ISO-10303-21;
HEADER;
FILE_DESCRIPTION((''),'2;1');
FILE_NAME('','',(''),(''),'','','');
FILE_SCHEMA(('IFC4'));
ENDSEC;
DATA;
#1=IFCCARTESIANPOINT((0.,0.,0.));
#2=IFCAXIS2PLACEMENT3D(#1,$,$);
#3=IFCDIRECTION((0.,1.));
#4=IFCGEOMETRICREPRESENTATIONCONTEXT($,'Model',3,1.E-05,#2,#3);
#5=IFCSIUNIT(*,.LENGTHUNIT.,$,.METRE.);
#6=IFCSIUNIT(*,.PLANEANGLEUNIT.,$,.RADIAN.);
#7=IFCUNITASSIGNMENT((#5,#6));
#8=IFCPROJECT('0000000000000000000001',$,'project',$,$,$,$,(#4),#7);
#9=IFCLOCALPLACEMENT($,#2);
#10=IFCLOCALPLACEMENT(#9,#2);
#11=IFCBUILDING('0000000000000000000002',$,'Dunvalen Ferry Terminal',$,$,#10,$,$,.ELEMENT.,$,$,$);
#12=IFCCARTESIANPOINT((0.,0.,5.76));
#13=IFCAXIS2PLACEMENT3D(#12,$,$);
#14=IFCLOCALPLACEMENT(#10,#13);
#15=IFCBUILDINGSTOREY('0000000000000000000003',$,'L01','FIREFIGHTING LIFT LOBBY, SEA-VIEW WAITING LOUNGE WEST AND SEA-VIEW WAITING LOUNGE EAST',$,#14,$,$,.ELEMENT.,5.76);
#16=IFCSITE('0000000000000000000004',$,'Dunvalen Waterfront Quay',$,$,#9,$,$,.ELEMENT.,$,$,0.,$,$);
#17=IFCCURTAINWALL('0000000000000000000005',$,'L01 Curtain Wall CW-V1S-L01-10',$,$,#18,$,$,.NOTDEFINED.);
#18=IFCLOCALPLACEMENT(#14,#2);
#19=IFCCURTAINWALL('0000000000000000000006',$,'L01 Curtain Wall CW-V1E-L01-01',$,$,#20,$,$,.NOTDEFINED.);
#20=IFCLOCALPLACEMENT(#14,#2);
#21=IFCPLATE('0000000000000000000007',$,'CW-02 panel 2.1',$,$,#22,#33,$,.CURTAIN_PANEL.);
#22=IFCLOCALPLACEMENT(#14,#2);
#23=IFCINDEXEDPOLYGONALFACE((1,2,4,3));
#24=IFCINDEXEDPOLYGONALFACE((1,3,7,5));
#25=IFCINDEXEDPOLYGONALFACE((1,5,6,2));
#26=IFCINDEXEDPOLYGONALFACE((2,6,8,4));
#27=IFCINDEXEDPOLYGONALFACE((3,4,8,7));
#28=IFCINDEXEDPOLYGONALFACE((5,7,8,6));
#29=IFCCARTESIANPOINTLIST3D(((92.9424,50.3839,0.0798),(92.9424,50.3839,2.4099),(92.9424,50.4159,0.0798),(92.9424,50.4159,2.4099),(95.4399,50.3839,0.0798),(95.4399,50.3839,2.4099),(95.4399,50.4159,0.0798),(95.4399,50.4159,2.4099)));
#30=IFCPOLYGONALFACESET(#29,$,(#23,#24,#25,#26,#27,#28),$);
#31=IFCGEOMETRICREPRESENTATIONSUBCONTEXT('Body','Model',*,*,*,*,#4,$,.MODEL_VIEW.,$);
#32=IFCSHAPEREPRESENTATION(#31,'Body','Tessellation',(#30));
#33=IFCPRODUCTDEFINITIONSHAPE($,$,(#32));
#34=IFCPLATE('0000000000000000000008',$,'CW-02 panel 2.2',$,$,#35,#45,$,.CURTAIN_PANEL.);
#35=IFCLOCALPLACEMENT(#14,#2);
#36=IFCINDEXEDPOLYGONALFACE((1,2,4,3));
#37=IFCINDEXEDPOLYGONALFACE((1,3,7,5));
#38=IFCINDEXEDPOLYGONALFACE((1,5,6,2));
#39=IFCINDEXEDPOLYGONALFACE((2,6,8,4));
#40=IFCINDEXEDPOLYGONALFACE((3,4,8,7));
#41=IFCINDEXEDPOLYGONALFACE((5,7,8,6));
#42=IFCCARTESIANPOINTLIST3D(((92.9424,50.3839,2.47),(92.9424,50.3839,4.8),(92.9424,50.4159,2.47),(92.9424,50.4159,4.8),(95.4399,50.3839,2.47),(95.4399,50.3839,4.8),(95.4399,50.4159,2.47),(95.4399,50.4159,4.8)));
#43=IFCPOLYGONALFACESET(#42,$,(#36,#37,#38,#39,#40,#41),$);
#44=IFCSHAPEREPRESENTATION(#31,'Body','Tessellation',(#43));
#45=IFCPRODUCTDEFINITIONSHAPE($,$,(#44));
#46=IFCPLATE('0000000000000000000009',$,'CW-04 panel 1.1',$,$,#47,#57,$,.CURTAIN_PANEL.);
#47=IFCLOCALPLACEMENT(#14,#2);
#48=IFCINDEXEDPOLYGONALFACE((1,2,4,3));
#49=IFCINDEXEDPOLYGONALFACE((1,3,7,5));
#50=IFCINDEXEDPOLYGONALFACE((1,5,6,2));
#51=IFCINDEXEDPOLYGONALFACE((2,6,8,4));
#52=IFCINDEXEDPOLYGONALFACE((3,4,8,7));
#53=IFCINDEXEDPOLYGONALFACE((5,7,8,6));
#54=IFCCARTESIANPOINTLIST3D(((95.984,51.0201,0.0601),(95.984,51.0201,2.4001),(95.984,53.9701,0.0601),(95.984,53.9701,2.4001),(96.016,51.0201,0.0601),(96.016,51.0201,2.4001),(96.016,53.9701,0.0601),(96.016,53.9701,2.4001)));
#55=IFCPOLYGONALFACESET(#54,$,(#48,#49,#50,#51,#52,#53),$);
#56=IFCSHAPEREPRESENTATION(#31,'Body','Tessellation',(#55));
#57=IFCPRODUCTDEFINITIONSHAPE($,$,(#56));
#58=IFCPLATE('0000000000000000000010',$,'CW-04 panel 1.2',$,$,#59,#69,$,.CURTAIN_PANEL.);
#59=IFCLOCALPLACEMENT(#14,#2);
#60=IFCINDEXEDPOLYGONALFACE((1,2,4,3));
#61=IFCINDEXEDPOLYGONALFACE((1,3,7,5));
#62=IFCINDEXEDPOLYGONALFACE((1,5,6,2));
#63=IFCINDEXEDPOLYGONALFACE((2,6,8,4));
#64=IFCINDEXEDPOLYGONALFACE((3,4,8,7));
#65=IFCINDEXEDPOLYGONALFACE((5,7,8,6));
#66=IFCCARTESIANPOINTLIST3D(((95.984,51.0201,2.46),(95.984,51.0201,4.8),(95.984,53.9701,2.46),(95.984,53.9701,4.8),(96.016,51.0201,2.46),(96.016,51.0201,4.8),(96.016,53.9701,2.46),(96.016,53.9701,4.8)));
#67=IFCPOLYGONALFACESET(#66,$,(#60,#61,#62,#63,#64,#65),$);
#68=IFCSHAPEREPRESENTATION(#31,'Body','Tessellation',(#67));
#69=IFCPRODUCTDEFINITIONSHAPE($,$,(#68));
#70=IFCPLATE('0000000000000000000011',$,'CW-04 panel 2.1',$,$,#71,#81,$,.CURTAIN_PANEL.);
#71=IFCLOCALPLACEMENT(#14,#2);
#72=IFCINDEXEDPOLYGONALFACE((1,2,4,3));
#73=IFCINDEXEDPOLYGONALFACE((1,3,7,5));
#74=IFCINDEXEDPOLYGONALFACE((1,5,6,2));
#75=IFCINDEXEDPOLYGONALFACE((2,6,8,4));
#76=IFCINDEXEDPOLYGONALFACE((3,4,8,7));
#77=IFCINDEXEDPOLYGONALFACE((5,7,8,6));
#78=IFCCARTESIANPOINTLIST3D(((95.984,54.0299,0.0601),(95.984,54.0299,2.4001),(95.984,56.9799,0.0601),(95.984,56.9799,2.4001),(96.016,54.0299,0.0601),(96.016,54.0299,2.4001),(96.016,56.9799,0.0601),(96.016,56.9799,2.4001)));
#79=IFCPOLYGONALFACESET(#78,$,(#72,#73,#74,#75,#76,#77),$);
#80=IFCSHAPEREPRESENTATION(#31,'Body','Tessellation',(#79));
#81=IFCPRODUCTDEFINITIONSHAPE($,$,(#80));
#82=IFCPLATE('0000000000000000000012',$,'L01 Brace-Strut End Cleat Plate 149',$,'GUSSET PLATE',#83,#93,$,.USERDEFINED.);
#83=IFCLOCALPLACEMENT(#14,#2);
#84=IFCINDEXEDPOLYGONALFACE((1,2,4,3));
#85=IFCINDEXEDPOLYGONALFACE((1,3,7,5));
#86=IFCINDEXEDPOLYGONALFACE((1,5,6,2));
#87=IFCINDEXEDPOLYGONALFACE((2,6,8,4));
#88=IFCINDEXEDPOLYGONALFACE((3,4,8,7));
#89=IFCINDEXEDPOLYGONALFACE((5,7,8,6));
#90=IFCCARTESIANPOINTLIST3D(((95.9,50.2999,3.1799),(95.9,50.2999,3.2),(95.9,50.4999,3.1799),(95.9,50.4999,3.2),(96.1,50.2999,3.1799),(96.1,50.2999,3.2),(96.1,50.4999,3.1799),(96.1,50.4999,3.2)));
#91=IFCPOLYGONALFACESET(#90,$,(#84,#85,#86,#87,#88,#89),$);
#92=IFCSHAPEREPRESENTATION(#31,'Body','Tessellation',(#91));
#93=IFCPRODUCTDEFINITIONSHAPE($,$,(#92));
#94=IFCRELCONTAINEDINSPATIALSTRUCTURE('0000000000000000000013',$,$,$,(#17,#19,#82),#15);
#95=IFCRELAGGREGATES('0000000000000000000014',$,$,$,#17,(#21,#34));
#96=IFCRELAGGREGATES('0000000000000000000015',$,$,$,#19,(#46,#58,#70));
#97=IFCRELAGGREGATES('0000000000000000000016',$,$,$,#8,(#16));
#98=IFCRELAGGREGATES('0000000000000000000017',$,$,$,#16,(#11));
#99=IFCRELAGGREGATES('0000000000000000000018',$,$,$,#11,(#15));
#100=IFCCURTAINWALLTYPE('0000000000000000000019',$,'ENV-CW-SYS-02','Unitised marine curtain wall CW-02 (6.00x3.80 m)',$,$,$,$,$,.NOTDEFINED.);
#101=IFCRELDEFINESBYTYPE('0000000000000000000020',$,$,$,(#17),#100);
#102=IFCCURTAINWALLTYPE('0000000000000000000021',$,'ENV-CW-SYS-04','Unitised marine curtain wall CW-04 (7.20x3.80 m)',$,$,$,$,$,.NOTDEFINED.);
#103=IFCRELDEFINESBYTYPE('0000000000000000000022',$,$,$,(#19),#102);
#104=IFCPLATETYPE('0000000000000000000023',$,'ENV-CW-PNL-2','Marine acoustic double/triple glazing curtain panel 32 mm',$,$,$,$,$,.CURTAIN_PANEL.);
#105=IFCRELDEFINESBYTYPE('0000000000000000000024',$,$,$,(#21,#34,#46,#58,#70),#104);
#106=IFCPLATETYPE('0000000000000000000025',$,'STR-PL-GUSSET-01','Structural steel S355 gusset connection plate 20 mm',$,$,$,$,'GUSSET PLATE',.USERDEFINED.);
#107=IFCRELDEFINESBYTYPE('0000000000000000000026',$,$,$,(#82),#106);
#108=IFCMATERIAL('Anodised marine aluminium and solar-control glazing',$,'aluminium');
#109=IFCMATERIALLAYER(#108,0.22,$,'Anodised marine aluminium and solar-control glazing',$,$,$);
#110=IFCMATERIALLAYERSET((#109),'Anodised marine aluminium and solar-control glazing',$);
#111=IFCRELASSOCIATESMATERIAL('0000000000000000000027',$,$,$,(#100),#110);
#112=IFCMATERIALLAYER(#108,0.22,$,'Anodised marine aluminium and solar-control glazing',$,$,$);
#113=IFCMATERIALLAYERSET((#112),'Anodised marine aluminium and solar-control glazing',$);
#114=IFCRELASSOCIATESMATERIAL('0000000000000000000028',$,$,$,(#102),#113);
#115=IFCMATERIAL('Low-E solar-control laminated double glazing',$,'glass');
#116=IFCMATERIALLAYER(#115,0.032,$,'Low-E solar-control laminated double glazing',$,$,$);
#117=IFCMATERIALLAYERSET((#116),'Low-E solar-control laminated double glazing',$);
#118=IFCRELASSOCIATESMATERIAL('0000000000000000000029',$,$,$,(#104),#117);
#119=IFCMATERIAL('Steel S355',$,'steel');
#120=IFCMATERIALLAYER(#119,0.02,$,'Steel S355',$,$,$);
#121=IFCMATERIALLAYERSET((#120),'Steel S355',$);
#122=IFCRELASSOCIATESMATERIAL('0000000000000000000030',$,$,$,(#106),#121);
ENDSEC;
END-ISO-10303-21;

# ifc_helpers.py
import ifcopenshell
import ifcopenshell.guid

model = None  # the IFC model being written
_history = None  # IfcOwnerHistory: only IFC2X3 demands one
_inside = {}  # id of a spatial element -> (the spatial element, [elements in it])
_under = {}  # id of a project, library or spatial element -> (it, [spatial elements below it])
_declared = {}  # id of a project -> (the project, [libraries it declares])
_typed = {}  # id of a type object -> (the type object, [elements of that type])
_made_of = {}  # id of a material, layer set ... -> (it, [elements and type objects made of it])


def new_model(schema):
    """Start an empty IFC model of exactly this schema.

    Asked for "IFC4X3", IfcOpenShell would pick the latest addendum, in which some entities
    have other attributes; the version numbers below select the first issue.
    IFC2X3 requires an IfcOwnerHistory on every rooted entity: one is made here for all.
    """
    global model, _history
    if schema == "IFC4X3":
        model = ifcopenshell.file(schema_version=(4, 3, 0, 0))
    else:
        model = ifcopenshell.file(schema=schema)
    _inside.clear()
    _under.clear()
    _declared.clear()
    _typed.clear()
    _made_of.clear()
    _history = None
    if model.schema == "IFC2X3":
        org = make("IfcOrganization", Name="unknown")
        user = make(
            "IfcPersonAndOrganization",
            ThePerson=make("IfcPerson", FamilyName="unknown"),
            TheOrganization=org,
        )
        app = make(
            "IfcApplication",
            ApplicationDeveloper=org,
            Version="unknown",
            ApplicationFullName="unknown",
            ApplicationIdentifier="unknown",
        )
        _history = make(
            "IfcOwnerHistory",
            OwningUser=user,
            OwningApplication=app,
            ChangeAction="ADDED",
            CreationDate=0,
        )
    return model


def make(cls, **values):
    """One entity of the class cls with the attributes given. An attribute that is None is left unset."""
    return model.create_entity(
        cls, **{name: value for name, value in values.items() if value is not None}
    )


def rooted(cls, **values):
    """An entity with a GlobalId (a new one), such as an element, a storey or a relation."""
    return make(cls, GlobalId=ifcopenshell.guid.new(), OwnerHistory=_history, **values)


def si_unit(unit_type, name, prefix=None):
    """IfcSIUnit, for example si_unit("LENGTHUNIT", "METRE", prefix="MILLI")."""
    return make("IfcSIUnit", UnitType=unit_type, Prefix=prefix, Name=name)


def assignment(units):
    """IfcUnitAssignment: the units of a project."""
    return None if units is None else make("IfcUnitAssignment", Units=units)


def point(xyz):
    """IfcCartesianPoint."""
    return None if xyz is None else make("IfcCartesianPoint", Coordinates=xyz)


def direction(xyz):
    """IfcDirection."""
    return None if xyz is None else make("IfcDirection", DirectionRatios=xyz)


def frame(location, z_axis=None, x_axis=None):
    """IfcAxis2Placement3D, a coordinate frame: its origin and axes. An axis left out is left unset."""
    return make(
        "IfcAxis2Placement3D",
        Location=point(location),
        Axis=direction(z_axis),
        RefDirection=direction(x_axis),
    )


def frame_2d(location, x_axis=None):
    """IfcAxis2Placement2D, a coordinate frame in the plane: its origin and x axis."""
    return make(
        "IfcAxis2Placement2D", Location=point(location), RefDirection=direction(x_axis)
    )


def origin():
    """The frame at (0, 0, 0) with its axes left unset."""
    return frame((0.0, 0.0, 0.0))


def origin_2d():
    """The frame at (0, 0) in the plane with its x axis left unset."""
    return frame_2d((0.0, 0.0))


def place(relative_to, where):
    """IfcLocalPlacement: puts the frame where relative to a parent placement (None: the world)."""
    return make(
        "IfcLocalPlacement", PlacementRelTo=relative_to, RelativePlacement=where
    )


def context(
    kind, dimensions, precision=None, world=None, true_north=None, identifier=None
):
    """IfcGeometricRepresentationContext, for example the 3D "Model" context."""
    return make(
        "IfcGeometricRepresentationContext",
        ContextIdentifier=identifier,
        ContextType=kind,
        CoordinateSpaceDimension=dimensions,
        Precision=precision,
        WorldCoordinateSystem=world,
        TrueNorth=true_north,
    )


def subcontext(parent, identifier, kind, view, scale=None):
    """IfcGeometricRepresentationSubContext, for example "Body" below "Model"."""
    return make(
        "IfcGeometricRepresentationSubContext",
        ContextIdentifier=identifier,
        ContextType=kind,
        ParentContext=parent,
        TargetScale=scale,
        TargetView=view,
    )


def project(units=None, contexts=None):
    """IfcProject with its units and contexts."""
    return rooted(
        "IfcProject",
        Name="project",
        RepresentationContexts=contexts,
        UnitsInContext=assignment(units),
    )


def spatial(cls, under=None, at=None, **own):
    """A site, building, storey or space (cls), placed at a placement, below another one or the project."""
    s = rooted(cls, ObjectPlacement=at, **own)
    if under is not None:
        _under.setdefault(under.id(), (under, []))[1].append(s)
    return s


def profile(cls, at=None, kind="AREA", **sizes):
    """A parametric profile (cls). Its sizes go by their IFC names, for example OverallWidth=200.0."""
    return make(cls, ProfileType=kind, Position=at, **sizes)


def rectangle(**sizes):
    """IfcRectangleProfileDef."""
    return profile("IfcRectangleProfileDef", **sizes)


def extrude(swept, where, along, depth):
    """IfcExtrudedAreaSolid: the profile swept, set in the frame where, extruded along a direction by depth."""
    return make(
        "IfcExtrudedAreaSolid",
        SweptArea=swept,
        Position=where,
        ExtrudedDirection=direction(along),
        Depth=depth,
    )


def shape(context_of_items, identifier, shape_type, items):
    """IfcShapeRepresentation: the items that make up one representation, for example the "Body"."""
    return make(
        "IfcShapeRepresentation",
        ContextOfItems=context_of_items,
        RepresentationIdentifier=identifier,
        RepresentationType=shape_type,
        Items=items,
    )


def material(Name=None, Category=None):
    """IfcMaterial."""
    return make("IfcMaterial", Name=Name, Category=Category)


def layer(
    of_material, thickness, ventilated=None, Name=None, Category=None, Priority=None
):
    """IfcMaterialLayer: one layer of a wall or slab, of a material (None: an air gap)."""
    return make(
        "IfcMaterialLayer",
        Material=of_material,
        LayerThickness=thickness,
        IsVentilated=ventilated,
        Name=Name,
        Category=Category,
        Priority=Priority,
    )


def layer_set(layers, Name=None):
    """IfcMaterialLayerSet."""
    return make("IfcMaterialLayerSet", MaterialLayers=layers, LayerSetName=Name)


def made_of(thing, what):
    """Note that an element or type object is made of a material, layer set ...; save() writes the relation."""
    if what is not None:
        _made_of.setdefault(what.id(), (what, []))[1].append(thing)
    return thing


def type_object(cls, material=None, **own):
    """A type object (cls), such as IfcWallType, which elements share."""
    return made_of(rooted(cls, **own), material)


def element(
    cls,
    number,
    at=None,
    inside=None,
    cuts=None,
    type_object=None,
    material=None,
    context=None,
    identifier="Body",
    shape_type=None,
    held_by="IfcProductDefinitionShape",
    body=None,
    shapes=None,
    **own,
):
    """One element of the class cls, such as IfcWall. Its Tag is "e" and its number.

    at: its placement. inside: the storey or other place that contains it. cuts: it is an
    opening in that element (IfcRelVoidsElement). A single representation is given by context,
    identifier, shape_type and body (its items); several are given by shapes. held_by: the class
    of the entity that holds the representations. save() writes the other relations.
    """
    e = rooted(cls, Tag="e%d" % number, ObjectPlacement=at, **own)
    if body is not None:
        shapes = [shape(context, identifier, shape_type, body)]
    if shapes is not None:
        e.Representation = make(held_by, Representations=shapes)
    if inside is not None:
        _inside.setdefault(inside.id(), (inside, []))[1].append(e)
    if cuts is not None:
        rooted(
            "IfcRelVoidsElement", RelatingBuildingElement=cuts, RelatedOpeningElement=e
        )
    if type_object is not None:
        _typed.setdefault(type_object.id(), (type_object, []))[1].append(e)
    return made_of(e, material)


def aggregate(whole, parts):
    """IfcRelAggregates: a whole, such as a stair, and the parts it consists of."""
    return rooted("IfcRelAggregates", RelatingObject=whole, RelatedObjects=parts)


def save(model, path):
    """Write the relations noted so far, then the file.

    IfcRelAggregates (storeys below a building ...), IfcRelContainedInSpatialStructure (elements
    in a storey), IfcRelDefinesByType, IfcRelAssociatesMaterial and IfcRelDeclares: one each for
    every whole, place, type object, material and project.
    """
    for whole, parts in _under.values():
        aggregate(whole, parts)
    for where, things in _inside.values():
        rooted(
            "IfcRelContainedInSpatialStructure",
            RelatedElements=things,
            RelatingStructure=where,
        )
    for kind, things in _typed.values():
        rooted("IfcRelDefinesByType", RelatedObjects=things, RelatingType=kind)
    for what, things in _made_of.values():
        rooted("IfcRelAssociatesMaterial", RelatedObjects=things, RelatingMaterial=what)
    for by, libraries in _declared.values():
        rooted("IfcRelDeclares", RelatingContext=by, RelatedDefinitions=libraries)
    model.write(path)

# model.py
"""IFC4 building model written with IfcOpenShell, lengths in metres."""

from ifc_helpers import new_model, si_unit, direction, frame, origin, origin_2d, place, context, subcontext, project, spatial, rectangle, extrude, material, layer, layer_set, type_object, element, aggregate, save


model = new_model("IFC4")

# Units and contexts
model_context = context("Model", 3, precision=1e-05, world=origin(), true_north=direction((0.0, 1.0)))
body_context = subcontext(model_context, "Body", "Model", "MODEL_VIEW")
ifc_project = project(units=[si_unit("LENGTHUNIT", "METRE"), si_unit("PLANEANGLEUNIT", "RADIAN")], contexts=[model_context])

# Site, building, storey
site_placement = place(None, origin())
site = spatial("IfcSite", under=ifc_project, at=site_placement, Name="Dunvalen Waterfront Quay", CompositionType="ELEMENT", RefElevation=0.0)
building_placement = place(site_placement, origin())
building = spatial("IfcBuilding", under=site, at=building_placement, Name="Dunvalen Ferry Terminal", CompositionType="ELEMENT")
storey_placement = place(building_placement, frame((0.0, 0.0, 5.76)))
storey = spatial("IfcBuildingStorey", under=building, at=storey_placement, Name="L01", Description="FIREFIGHTING LIFT LOBBY, SEA-VIEW WAITING LOUNGE WEST AND SEA-VIEW WAITING LOUNGE EAST", CompositionType="ELEMENT", Elevation=5.76)

# Curtain walls
ifc_material_1 = material(Name="Anodised marine aluminium and solar-control glazing", Category="aluminium")
ifc_layer_1 = layer(ifc_material_1, 0.22, Name="Anodised marine aluminium and solar-control glazing")
ifc_layer_set_1 = layer_set([ifc_layer_1], Name="Anodised marine aluminium and solar-control glazing")
curtain_wall_type_1 = type_object("IfcCurtainWallType", Name="ENV-CW-SYS-02", Description="Unitised marine curtain wall CW-02 (6.00x3.80 m)", PredefinedType="NOTDEFINED", material=ifc_layer_set_1)
curtain_wall_1_placement = place(storey_placement, origin())
curtain_wall_1 = element("IfcCurtainWall", 1, at=curtain_wall_1_placement, inside=storey, type_object=curtain_wall_type_1, Name="L01 Curtain Wall CW-V1S-L01-10", PredefinedType="NOTDEFINED")
ifc_layer_2 = layer(ifc_material_1, 0.22, Name="Anodised marine aluminium and solar-control glazing")
ifc_layer_set_2 = layer_set([ifc_layer_2], Name="Anodised marine aluminium and solar-control glazing")
curtain_wall_type_2 = type_object("IfcCurtainWallType", Name="ENV-CW-SYS-04", Description="Unitised marine curtain wall CW-04 (7.20x3.80 m)", PredefinedType="NOTDEFINED", material=ifc_layer_set_2)
curtain_wall_2_placement = place(storey_placement, origin())
curtain_wall_2 = element("IfcCurtainWall", 2, at=curtain_wall_2_placement, inside=storey, type_object=curtain_wall_type_2, Name="L01 Curtain Wall CW-V1E-L01-01", PredefinedType="NOTDEFINED")

# Shared definitions
ifc_material_2 = material(Name="Steel S355", Category="steel")

# Plates
ifc_material_3 = material(Name="Low-E solar-control laminated double glazing", Category="glass")
ifc_layer_3 = layer(ifc_material_3, 0.032, Name="Low-E solar-control laminated double glazing")
ifc_layer_set_3 = layer_set([ifc_layer_3], Name="Low-E solar-control laminated double glazing")
plate_type_1 = type_object("IfcPlateType", Name="ENV-CW-PNL-2", Description="Marine acoustic double/triple glazing curtain panel 32 mm", PredefinedType="CURTAIN_PANEL", material=ifc_layer_set_3)
plate_1_placement = place(storey_placement, frame((94.1912, 50.3999, 0.0798), z_axis=(0.0, 0.0, 1.0), x_axis=(1.0, 0.0, 0.0)))
plate_1 = element("IfcPlate", 3, at=plate_1_placement, type_object=plate_type_1, Name="CW-02 panel 2.1", PredefinedType="CURTAIN_PANEL", context=body_context, shape_type="SweptSolid", body=[
    extrude(rectangle(XDim=2.4976, YDim=0.032, at=origin_2d()), origin(), (0.0, 0.0, 1.0), 2.3301),
])
plate_2_placement = place(storey_placement, frame((94.1912, 50.3999, 2.47), z_axis=(0.0, 0.0, 1.0), x_axis=(1.0, 0.0, 0.0)))
plate_2 = element("IfcPlate", 4, at=plate_2_placement, type_object=plate_type_1, Name="CW-02 panel 2.2", PredefinedType="CURTAIN_PANEL", context=body_context, shape_type="SweptSolid", body=[
    extrude(rectangle(XDim=2.4976, YDim=0.032, at=origin_2d()), origin(), (0.0, 0.0, 1.0), 2.3301),
])
aggregate(curtain_wall_1, [plate_1, plate_2])
plate_3_placement = place(storey_placement, frame((96.0, 52.4951, 0.0601), z_axis=(0.0, 0.0, 1.0), x_axis=(0.0, 1.0, 0.0)))
plate_3 = element("IfcPlate", 5, at=plate_3_placement, type_object=plate_type_1, Name="CW-04 panel 1.1", PredefinedType="CURTAIN_PANEL", context=body_context, shape_type="SweptSolid", body=[
    extrude(rectangle(XDim=2.95, YDim=0.032, at=origin_2d()), origin(), (0.0, 0.0, 1.0), 2.3401),
])
plate_4_placement = place(storey_placement, frame((96.0, 52.4951, 2.46), z_axis=(0.0, 0.0, 1.0), x_axis=(0.0, 1.0, 0.0)))
plate_4 = element("IfcPlate", 6, at=plate_4_placement, type_object=plate_type_1, Name="CW-04 panel 1.2", PredefinedType="CURTAIN_PANEL", context=body_context, shape_type="SweptSolid", body=[
    extrude(rectangle(XDim=2.95, YDim=0.032, at=origin_2d()), origin(), (0.0, 0.0, 1.0), 2.3401),
])
plate_5_placement = place(storey_placement, frame((96.0, 55.5049, 0.0601), z_axis=(0.0, 0.0, 1.0), x_axis=(0.0, 1.0, 0.0)))
plate_5 = element("IfcPlate", 7, at=plate_5_placement, type_object=plate_type_1, Name="CW-04 panel 2.1", PredefinedType="CURTAIN_PANEL", context=body_context, shape_type="SweptSolid", body=[
    extrude(rectangle(XDim=2.95, YDim=0.032, at=origin_2d()), origin(), (0.0, 0.0, 1.0), 2.3401),
])
aggregate(curtain_wall_2, [plate_3, plate_4, plate_5])
ifc_layer_4 = layer(ifc_material_2, 0.02, Name="Steel S355")
ifc_layer_set_4 = layer_set([ifc_layer_4], Name="Steel S355")
plate_type_2 = type_object("IfcPlateType", Name="STR-PL-GUSSET-01", Description="Structural steel S355 gusset connection plate 20 mm", ElementType="GUSSET PLATE", PredefinedType="USERDEFINED", material=ifc_layer_set_4)
plate_6_placement = place(storey_placement, frame((96.0, 50.3999, 3.1799), z_axis=(0.0, 0.0, 1.0), x_axis=(1.0, 0.0, 0.0)))
element("IfcPlate", 8, at=plate_6_placement, inside=storey, type_object=plate_type_2, Name="L01 Brace-Strut End Cleat Plate 149", ObjectType="GUSSET PLATE", PredefinedType="USERDEFINED", context=body_context, shape_type="SweptSolid", body=[
    extrude(rectangle(XDim=0.2, YDim=0.2, at=origin_2d()), origin(), (0.0, 0.0, 1.0), 0.02),
])

save(model, "model.ifc")
